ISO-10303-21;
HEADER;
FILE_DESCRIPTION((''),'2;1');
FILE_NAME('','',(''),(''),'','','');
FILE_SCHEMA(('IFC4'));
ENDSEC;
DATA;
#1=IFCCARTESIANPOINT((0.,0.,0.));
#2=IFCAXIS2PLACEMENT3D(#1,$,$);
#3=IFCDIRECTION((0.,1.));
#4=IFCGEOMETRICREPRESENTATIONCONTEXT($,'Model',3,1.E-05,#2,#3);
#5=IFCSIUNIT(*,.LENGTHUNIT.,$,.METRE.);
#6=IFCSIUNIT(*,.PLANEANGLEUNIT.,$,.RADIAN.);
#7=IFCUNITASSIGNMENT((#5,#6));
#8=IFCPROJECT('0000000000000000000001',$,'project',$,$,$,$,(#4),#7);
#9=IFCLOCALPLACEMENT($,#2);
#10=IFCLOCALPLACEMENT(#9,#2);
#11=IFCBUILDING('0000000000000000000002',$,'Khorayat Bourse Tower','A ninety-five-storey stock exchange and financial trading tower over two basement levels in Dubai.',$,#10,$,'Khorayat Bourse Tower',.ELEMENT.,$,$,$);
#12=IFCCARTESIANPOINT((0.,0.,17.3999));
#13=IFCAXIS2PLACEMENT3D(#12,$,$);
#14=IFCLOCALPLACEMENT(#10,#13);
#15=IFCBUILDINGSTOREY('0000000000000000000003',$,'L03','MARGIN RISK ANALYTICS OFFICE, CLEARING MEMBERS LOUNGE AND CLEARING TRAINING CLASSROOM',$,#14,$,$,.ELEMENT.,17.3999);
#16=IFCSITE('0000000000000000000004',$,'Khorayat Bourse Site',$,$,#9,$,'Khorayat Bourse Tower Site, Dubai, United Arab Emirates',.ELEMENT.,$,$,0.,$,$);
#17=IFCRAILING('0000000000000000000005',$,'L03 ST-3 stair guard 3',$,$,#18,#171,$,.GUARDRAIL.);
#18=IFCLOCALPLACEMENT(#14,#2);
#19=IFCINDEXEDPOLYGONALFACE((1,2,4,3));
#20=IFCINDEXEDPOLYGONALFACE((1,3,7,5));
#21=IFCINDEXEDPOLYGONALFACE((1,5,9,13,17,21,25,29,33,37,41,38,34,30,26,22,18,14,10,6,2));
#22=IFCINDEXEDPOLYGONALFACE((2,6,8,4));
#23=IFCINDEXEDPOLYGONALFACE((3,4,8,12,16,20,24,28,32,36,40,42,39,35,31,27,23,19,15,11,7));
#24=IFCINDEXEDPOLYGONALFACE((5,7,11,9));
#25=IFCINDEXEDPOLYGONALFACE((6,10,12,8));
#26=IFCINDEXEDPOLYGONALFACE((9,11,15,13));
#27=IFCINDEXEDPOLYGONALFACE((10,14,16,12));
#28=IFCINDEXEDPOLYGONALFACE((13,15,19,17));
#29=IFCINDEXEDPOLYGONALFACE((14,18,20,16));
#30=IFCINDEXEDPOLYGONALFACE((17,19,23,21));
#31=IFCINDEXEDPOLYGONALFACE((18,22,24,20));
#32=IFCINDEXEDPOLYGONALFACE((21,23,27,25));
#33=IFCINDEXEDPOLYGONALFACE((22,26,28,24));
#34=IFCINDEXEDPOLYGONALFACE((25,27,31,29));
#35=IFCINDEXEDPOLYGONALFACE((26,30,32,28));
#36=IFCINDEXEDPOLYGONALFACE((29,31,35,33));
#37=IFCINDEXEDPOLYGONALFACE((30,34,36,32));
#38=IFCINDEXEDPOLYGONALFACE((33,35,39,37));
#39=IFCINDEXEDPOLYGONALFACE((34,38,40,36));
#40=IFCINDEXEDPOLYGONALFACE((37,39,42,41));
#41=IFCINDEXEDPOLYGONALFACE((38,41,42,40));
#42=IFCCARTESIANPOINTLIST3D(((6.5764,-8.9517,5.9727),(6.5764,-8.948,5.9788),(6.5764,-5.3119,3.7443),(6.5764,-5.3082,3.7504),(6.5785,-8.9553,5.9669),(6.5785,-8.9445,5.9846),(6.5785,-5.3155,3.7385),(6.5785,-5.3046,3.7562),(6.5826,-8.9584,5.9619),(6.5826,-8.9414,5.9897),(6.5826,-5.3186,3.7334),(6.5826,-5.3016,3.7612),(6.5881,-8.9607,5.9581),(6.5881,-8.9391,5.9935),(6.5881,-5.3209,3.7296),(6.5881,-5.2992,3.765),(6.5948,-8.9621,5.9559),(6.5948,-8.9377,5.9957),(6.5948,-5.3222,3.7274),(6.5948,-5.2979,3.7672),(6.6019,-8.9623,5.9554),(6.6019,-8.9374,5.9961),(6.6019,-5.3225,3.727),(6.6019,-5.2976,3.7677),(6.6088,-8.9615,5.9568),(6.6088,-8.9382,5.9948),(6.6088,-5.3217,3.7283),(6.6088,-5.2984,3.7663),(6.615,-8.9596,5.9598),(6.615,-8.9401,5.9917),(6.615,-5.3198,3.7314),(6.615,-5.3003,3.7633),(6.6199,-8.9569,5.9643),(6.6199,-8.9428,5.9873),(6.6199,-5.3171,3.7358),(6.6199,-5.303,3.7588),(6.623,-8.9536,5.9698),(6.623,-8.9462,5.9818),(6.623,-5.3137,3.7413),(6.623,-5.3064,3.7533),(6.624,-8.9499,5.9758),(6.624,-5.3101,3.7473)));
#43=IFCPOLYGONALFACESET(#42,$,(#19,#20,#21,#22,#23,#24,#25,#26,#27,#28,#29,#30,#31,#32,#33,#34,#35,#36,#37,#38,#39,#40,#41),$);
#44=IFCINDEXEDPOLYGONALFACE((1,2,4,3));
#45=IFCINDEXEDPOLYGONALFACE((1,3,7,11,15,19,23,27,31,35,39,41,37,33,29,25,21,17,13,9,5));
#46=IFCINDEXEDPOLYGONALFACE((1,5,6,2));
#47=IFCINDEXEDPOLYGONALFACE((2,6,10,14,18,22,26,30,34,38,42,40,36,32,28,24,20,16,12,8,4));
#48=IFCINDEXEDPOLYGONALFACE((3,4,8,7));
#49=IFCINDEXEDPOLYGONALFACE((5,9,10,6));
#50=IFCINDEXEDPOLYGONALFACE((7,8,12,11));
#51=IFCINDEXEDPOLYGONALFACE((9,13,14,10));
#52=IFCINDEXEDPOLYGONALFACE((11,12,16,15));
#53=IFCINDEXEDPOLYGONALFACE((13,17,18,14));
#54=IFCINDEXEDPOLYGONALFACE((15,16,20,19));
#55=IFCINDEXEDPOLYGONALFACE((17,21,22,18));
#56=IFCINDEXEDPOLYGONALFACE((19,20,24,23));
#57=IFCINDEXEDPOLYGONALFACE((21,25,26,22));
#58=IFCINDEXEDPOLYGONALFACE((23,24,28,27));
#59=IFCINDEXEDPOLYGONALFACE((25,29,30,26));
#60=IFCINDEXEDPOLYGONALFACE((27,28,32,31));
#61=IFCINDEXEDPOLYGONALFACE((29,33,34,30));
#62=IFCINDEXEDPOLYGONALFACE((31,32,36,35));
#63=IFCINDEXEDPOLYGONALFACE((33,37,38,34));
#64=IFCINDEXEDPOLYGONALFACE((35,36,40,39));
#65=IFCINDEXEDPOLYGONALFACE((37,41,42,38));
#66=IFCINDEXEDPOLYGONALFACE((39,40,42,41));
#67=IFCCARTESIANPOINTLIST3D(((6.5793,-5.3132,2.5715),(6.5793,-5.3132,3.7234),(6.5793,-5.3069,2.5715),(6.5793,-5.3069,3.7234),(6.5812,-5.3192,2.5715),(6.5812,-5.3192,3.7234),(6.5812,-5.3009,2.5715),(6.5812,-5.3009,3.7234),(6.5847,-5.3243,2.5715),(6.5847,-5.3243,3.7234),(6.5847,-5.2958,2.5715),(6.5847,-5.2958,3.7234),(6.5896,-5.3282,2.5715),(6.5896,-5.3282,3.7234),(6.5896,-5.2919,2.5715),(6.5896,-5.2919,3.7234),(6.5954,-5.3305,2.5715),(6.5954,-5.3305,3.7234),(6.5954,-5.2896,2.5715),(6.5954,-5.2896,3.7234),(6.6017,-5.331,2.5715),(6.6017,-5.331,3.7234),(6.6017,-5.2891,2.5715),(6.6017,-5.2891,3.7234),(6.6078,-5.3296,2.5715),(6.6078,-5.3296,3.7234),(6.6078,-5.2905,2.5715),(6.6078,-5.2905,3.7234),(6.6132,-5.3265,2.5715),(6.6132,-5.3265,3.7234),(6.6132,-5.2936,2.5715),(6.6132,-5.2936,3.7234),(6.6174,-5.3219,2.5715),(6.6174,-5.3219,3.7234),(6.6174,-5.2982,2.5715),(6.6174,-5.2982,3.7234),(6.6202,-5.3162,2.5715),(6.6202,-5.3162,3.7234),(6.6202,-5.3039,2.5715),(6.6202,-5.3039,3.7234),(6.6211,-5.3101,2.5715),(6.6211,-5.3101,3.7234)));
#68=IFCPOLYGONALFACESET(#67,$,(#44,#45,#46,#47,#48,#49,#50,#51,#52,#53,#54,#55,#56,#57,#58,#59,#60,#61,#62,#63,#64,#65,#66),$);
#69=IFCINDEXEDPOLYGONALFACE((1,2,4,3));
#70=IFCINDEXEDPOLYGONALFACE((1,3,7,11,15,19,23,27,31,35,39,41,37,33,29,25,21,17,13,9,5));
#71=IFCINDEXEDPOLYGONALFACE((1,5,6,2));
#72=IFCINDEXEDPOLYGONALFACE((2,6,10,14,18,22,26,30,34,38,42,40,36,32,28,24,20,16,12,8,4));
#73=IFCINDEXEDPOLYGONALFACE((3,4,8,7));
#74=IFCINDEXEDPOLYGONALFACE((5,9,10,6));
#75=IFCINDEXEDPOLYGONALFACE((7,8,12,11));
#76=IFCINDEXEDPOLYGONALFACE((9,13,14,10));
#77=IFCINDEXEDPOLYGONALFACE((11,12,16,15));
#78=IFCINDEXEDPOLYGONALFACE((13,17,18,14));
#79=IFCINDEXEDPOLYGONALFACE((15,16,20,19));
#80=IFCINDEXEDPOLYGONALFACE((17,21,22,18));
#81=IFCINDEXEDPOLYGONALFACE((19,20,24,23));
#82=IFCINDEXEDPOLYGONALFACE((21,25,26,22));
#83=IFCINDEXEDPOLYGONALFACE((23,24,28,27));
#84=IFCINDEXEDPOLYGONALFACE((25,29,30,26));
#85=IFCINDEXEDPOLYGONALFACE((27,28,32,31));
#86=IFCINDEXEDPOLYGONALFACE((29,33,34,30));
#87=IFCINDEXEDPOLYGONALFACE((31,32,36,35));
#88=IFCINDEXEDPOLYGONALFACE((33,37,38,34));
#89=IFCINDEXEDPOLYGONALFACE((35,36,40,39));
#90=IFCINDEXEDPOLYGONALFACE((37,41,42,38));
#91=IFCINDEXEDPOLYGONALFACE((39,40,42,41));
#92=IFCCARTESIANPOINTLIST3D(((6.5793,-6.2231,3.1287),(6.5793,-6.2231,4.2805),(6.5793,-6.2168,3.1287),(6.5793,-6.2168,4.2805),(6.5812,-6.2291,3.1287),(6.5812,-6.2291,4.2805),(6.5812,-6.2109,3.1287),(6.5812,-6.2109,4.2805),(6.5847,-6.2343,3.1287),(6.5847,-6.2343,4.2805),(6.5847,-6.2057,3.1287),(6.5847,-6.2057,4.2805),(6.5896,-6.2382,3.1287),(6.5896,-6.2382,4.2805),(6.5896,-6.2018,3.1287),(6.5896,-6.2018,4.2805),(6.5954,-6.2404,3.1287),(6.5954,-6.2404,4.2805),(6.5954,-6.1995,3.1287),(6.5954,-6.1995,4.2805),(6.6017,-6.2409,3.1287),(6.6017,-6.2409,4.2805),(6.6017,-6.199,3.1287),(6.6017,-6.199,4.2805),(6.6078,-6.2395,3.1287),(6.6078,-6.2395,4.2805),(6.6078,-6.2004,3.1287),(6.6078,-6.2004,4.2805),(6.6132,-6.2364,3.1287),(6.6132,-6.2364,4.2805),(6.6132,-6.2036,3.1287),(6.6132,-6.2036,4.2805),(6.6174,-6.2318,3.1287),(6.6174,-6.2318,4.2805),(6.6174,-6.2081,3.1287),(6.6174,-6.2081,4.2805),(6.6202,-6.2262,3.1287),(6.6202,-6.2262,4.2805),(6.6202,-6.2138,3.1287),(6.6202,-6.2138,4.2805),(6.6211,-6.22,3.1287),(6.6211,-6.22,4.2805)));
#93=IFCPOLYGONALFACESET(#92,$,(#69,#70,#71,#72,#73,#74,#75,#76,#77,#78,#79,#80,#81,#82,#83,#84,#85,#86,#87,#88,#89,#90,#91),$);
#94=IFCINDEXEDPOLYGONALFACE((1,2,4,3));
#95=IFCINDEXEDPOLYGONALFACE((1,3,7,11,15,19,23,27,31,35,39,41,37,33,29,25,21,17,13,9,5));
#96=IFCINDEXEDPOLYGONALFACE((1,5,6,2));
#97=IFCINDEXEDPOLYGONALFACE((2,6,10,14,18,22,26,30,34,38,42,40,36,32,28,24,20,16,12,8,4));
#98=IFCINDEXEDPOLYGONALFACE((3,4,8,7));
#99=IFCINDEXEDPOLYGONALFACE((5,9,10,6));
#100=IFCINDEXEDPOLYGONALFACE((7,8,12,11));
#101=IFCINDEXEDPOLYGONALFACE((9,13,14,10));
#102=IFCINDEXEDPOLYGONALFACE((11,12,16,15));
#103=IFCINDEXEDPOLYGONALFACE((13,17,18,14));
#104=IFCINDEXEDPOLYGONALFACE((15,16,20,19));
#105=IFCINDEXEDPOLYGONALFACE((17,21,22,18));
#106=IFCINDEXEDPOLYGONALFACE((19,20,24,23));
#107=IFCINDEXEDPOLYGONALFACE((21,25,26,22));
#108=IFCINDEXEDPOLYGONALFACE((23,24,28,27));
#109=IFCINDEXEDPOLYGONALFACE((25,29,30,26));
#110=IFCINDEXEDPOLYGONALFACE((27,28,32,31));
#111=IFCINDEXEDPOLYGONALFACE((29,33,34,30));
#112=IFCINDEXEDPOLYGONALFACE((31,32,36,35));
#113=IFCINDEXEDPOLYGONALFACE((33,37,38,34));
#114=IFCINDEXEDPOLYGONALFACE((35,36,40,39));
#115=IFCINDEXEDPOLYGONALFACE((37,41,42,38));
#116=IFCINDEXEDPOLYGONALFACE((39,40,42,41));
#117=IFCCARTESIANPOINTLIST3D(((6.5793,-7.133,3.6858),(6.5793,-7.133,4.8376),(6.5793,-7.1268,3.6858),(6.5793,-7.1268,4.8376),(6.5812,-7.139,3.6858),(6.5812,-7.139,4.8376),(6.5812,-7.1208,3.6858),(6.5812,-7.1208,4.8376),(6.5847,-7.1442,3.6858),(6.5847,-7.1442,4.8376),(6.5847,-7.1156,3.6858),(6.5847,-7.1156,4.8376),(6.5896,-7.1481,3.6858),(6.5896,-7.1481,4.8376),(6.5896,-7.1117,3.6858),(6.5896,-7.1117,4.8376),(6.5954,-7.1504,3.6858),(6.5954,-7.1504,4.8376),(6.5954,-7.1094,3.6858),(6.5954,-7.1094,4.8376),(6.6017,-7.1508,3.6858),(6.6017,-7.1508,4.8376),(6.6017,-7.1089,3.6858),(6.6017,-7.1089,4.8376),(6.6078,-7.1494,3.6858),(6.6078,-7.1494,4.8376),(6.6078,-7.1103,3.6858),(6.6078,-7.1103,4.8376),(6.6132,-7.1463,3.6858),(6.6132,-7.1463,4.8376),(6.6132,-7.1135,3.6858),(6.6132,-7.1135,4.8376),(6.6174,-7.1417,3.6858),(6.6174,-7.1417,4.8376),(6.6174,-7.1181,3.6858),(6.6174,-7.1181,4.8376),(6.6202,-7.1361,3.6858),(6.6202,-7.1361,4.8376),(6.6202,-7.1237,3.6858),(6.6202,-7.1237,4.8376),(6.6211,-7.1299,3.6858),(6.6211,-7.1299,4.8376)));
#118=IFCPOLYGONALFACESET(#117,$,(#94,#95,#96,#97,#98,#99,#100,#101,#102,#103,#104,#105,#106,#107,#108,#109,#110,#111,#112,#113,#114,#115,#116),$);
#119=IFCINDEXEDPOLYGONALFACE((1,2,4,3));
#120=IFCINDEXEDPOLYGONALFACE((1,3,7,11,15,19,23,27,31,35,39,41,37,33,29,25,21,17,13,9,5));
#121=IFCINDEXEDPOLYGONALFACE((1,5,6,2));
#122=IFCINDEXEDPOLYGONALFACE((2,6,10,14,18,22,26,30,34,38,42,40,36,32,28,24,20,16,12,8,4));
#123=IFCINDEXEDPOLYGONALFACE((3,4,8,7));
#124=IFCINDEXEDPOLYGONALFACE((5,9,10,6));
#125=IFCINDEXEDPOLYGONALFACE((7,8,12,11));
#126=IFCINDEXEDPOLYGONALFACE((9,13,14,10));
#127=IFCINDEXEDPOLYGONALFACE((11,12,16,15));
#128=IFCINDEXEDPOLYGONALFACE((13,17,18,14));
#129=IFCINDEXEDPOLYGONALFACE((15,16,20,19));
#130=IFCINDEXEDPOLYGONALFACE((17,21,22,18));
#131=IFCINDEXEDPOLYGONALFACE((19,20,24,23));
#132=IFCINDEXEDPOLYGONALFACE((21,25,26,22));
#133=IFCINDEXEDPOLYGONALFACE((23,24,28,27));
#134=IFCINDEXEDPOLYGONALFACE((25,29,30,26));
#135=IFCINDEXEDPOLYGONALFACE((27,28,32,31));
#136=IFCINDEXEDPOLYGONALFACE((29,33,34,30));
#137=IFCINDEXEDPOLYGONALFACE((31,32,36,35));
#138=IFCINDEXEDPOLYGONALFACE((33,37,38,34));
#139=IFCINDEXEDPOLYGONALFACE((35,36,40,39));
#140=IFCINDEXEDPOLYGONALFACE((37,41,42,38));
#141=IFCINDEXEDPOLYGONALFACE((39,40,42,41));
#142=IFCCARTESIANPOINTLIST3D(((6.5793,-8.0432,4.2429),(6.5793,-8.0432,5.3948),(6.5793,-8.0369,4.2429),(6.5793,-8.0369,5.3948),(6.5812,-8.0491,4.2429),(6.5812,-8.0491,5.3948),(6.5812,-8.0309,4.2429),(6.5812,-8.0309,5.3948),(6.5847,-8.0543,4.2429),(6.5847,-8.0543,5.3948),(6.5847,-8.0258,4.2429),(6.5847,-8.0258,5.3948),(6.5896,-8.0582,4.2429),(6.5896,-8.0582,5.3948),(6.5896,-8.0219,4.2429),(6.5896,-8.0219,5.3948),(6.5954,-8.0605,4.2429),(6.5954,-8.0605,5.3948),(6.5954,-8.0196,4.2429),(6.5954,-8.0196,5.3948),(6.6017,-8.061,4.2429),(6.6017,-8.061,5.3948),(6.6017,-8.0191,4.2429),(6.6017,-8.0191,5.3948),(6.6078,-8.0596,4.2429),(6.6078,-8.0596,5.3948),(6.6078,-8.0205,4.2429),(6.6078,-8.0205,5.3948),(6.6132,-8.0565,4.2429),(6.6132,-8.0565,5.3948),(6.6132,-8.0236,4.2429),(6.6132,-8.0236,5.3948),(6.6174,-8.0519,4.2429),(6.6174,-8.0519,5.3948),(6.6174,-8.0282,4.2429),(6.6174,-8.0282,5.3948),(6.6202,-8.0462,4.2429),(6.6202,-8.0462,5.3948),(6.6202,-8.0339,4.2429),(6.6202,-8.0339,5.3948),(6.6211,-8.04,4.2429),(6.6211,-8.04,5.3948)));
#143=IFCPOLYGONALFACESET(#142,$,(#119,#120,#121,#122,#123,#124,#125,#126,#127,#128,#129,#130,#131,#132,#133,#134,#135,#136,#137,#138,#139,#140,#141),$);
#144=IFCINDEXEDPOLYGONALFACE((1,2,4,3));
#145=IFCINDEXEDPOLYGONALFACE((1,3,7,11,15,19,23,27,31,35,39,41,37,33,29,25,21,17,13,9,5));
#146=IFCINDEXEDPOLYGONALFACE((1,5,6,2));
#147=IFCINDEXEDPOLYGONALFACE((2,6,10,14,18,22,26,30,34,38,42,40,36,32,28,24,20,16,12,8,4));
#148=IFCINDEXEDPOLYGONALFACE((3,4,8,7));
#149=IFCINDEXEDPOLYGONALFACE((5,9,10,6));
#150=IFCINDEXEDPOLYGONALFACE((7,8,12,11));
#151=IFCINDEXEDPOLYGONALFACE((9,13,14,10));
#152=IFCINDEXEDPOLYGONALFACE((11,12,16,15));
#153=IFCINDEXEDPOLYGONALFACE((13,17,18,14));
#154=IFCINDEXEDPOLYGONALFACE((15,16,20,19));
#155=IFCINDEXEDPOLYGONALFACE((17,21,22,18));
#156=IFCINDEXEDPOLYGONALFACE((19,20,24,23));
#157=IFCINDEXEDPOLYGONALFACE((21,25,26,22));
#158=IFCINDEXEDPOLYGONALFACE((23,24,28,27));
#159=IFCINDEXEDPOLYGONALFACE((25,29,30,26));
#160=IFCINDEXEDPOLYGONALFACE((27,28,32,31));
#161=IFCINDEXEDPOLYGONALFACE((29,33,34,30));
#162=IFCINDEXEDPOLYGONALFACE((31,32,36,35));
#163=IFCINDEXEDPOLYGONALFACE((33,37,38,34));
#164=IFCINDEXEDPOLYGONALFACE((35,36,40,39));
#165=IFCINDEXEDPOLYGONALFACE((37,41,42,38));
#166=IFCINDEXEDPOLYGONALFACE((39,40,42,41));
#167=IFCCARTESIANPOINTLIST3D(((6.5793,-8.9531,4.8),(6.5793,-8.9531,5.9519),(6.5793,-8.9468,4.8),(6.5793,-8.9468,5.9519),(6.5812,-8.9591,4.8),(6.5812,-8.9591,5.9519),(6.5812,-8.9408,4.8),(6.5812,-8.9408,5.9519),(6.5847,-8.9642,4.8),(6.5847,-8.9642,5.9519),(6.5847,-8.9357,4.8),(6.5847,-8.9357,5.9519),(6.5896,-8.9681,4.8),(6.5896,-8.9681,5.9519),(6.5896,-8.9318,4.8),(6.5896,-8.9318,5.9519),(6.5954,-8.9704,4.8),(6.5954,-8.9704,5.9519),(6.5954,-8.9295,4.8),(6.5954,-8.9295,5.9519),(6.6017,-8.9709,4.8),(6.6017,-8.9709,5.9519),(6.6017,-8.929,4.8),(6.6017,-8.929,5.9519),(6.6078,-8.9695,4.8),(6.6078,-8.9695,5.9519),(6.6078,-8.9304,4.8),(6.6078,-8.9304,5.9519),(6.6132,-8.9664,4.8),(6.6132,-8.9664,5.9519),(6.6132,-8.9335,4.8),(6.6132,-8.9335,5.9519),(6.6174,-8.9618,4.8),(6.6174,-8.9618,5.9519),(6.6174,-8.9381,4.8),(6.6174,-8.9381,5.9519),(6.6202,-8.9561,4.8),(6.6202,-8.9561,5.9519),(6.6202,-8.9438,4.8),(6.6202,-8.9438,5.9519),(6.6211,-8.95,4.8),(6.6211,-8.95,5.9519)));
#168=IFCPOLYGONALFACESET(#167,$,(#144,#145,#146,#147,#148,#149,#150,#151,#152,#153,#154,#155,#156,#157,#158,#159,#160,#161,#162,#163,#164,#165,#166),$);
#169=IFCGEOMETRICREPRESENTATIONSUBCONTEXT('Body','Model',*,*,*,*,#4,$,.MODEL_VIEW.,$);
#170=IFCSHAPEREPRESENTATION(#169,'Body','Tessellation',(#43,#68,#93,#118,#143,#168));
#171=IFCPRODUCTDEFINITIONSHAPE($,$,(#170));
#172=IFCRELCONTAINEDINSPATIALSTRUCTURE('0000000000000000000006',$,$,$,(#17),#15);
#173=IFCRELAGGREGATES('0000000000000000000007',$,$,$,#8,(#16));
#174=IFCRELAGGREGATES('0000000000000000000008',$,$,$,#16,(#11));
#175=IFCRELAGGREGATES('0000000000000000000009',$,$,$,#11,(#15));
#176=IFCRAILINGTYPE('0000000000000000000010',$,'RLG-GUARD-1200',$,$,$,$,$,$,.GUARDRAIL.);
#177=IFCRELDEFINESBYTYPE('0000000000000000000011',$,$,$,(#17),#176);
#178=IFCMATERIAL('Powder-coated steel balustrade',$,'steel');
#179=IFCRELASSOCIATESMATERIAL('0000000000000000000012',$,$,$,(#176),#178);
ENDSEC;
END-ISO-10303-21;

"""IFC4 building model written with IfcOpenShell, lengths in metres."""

from ifc_helpers import new_model, si_unit, direction, frame, origin, origin_2d, place, context, subcontext, project, spatial, circle, extrude, source, transform, mapped, material, type_object, element, save


model = new_model("IFC4")

# Units and contexts
model_context = context("Model", 3, precision=1e-05, world=origin(), true_north=direction((0.0, 1.0)))
body_context = subcontext(model_context, "Body", "Model", "MODEL_VIEW")
ifc_project = project(units=[si_unit("LENGTHUNIT", "METRE"), si_unit("PLANEANGLEUNIT", "RADIAN")], contexts=[model_context])

# Site, building, storey
site_placement = place(None, origin())
site = spatial("IfcSite", under=ifc_project, at=site_placement, Name="Khorayat Bourse Site", LongName="Khorayat Bourse Tower Site, Dubai, United Arab Emirates", CompositionType="ELEMENT", RefElevation=0.0)
building_placement = place(site_placement, origin())
building = spatial("IfcBuilding", under=site, at=building_placement, Name="Khorayat Bourse Tower", Description="A ninety-five-storey stock exchange and financial trading tower over two basement levels in Dubai.", LongName="Khorayat Bourse Tower", CompositionType="ELEMENT")
storey_placement = place(building_placement, frame((0.0, 0.0, 17.3999)))
storey = spatial("IfcBuildingStorey", under=building, at=storey_placement, Name="L03", Description="MARGIN RISK ANALYTICS OFFICE, CLEARING MEMBERS LOUNGE AND CLEARING TRAINING CLASSROOM", CompositionType="ELEMENT", Elevation=17.3999)

# Railing
ifc_material_1 = material(Name="Powder-coated steel balustrade", Category="steel")
railing_type_1 = type_object("IfcRailingType", Name="RLG-GUARD-1200", PredefinedType="GUARDRAIL", material=ifc_material_1)
shared_shape_1 = source(origin(), body_context, "Body", "SweptSolid", [
    extrude(circle(Radius=0.0239, at=origin_2d()), frame((0.0, 0.0, 1.1758), z_axis=(0.0, -0.85285, 0.522156), x_axis=(1.0, 0.0, 0.0)), (0.0, 0.0, 1.0), 4.2678),
    extrude(circle(Radius=0.021, at=origin_2d()), origin(), (0.0, 0.0, 1.0), 1.1519),
    extrude(circle(Radius=0.021, at=origin_2d()), frame((0.0, -0.9099, 0.5571)), (0.0, 0.0, 1.0), 1.1519),
    extrude(circle(Radius=0.021, at=origin_2d()), frame((0.0, -1.8198, 1.1143)), (0.0, 0.0, 1.0), 1.1519),
    extrude(circle(Radius=0.021, at=origin_2d()), frame((0.0, -2.73, 1.6714)), (0.0, 0.0, 1.0), 1.1519),
    extrude(circle(Radius=0.021, at=origin_2d()), frame((0.0, -3.6399, 2.2285)), (0.0, 0.0, 1.0), 1.1519),
])
railing_1_placement = place(storey_placement, frame((6.6001, -5.3101, 2.5715)))
element("IfcRailing", 1, at=railing_1_placement, inside=storey, type_object=railing_type_1, Name="L03 ST-3 stair guard 3", PredefinedType="GUARDRAIL", context=body_context, shape_type="MappedRepresentation", body=[
    mapped(shared_shape_1, transform((0.0, 0.0, 0.0), scale=1.0)),
])

save(model, "model.ifc")
